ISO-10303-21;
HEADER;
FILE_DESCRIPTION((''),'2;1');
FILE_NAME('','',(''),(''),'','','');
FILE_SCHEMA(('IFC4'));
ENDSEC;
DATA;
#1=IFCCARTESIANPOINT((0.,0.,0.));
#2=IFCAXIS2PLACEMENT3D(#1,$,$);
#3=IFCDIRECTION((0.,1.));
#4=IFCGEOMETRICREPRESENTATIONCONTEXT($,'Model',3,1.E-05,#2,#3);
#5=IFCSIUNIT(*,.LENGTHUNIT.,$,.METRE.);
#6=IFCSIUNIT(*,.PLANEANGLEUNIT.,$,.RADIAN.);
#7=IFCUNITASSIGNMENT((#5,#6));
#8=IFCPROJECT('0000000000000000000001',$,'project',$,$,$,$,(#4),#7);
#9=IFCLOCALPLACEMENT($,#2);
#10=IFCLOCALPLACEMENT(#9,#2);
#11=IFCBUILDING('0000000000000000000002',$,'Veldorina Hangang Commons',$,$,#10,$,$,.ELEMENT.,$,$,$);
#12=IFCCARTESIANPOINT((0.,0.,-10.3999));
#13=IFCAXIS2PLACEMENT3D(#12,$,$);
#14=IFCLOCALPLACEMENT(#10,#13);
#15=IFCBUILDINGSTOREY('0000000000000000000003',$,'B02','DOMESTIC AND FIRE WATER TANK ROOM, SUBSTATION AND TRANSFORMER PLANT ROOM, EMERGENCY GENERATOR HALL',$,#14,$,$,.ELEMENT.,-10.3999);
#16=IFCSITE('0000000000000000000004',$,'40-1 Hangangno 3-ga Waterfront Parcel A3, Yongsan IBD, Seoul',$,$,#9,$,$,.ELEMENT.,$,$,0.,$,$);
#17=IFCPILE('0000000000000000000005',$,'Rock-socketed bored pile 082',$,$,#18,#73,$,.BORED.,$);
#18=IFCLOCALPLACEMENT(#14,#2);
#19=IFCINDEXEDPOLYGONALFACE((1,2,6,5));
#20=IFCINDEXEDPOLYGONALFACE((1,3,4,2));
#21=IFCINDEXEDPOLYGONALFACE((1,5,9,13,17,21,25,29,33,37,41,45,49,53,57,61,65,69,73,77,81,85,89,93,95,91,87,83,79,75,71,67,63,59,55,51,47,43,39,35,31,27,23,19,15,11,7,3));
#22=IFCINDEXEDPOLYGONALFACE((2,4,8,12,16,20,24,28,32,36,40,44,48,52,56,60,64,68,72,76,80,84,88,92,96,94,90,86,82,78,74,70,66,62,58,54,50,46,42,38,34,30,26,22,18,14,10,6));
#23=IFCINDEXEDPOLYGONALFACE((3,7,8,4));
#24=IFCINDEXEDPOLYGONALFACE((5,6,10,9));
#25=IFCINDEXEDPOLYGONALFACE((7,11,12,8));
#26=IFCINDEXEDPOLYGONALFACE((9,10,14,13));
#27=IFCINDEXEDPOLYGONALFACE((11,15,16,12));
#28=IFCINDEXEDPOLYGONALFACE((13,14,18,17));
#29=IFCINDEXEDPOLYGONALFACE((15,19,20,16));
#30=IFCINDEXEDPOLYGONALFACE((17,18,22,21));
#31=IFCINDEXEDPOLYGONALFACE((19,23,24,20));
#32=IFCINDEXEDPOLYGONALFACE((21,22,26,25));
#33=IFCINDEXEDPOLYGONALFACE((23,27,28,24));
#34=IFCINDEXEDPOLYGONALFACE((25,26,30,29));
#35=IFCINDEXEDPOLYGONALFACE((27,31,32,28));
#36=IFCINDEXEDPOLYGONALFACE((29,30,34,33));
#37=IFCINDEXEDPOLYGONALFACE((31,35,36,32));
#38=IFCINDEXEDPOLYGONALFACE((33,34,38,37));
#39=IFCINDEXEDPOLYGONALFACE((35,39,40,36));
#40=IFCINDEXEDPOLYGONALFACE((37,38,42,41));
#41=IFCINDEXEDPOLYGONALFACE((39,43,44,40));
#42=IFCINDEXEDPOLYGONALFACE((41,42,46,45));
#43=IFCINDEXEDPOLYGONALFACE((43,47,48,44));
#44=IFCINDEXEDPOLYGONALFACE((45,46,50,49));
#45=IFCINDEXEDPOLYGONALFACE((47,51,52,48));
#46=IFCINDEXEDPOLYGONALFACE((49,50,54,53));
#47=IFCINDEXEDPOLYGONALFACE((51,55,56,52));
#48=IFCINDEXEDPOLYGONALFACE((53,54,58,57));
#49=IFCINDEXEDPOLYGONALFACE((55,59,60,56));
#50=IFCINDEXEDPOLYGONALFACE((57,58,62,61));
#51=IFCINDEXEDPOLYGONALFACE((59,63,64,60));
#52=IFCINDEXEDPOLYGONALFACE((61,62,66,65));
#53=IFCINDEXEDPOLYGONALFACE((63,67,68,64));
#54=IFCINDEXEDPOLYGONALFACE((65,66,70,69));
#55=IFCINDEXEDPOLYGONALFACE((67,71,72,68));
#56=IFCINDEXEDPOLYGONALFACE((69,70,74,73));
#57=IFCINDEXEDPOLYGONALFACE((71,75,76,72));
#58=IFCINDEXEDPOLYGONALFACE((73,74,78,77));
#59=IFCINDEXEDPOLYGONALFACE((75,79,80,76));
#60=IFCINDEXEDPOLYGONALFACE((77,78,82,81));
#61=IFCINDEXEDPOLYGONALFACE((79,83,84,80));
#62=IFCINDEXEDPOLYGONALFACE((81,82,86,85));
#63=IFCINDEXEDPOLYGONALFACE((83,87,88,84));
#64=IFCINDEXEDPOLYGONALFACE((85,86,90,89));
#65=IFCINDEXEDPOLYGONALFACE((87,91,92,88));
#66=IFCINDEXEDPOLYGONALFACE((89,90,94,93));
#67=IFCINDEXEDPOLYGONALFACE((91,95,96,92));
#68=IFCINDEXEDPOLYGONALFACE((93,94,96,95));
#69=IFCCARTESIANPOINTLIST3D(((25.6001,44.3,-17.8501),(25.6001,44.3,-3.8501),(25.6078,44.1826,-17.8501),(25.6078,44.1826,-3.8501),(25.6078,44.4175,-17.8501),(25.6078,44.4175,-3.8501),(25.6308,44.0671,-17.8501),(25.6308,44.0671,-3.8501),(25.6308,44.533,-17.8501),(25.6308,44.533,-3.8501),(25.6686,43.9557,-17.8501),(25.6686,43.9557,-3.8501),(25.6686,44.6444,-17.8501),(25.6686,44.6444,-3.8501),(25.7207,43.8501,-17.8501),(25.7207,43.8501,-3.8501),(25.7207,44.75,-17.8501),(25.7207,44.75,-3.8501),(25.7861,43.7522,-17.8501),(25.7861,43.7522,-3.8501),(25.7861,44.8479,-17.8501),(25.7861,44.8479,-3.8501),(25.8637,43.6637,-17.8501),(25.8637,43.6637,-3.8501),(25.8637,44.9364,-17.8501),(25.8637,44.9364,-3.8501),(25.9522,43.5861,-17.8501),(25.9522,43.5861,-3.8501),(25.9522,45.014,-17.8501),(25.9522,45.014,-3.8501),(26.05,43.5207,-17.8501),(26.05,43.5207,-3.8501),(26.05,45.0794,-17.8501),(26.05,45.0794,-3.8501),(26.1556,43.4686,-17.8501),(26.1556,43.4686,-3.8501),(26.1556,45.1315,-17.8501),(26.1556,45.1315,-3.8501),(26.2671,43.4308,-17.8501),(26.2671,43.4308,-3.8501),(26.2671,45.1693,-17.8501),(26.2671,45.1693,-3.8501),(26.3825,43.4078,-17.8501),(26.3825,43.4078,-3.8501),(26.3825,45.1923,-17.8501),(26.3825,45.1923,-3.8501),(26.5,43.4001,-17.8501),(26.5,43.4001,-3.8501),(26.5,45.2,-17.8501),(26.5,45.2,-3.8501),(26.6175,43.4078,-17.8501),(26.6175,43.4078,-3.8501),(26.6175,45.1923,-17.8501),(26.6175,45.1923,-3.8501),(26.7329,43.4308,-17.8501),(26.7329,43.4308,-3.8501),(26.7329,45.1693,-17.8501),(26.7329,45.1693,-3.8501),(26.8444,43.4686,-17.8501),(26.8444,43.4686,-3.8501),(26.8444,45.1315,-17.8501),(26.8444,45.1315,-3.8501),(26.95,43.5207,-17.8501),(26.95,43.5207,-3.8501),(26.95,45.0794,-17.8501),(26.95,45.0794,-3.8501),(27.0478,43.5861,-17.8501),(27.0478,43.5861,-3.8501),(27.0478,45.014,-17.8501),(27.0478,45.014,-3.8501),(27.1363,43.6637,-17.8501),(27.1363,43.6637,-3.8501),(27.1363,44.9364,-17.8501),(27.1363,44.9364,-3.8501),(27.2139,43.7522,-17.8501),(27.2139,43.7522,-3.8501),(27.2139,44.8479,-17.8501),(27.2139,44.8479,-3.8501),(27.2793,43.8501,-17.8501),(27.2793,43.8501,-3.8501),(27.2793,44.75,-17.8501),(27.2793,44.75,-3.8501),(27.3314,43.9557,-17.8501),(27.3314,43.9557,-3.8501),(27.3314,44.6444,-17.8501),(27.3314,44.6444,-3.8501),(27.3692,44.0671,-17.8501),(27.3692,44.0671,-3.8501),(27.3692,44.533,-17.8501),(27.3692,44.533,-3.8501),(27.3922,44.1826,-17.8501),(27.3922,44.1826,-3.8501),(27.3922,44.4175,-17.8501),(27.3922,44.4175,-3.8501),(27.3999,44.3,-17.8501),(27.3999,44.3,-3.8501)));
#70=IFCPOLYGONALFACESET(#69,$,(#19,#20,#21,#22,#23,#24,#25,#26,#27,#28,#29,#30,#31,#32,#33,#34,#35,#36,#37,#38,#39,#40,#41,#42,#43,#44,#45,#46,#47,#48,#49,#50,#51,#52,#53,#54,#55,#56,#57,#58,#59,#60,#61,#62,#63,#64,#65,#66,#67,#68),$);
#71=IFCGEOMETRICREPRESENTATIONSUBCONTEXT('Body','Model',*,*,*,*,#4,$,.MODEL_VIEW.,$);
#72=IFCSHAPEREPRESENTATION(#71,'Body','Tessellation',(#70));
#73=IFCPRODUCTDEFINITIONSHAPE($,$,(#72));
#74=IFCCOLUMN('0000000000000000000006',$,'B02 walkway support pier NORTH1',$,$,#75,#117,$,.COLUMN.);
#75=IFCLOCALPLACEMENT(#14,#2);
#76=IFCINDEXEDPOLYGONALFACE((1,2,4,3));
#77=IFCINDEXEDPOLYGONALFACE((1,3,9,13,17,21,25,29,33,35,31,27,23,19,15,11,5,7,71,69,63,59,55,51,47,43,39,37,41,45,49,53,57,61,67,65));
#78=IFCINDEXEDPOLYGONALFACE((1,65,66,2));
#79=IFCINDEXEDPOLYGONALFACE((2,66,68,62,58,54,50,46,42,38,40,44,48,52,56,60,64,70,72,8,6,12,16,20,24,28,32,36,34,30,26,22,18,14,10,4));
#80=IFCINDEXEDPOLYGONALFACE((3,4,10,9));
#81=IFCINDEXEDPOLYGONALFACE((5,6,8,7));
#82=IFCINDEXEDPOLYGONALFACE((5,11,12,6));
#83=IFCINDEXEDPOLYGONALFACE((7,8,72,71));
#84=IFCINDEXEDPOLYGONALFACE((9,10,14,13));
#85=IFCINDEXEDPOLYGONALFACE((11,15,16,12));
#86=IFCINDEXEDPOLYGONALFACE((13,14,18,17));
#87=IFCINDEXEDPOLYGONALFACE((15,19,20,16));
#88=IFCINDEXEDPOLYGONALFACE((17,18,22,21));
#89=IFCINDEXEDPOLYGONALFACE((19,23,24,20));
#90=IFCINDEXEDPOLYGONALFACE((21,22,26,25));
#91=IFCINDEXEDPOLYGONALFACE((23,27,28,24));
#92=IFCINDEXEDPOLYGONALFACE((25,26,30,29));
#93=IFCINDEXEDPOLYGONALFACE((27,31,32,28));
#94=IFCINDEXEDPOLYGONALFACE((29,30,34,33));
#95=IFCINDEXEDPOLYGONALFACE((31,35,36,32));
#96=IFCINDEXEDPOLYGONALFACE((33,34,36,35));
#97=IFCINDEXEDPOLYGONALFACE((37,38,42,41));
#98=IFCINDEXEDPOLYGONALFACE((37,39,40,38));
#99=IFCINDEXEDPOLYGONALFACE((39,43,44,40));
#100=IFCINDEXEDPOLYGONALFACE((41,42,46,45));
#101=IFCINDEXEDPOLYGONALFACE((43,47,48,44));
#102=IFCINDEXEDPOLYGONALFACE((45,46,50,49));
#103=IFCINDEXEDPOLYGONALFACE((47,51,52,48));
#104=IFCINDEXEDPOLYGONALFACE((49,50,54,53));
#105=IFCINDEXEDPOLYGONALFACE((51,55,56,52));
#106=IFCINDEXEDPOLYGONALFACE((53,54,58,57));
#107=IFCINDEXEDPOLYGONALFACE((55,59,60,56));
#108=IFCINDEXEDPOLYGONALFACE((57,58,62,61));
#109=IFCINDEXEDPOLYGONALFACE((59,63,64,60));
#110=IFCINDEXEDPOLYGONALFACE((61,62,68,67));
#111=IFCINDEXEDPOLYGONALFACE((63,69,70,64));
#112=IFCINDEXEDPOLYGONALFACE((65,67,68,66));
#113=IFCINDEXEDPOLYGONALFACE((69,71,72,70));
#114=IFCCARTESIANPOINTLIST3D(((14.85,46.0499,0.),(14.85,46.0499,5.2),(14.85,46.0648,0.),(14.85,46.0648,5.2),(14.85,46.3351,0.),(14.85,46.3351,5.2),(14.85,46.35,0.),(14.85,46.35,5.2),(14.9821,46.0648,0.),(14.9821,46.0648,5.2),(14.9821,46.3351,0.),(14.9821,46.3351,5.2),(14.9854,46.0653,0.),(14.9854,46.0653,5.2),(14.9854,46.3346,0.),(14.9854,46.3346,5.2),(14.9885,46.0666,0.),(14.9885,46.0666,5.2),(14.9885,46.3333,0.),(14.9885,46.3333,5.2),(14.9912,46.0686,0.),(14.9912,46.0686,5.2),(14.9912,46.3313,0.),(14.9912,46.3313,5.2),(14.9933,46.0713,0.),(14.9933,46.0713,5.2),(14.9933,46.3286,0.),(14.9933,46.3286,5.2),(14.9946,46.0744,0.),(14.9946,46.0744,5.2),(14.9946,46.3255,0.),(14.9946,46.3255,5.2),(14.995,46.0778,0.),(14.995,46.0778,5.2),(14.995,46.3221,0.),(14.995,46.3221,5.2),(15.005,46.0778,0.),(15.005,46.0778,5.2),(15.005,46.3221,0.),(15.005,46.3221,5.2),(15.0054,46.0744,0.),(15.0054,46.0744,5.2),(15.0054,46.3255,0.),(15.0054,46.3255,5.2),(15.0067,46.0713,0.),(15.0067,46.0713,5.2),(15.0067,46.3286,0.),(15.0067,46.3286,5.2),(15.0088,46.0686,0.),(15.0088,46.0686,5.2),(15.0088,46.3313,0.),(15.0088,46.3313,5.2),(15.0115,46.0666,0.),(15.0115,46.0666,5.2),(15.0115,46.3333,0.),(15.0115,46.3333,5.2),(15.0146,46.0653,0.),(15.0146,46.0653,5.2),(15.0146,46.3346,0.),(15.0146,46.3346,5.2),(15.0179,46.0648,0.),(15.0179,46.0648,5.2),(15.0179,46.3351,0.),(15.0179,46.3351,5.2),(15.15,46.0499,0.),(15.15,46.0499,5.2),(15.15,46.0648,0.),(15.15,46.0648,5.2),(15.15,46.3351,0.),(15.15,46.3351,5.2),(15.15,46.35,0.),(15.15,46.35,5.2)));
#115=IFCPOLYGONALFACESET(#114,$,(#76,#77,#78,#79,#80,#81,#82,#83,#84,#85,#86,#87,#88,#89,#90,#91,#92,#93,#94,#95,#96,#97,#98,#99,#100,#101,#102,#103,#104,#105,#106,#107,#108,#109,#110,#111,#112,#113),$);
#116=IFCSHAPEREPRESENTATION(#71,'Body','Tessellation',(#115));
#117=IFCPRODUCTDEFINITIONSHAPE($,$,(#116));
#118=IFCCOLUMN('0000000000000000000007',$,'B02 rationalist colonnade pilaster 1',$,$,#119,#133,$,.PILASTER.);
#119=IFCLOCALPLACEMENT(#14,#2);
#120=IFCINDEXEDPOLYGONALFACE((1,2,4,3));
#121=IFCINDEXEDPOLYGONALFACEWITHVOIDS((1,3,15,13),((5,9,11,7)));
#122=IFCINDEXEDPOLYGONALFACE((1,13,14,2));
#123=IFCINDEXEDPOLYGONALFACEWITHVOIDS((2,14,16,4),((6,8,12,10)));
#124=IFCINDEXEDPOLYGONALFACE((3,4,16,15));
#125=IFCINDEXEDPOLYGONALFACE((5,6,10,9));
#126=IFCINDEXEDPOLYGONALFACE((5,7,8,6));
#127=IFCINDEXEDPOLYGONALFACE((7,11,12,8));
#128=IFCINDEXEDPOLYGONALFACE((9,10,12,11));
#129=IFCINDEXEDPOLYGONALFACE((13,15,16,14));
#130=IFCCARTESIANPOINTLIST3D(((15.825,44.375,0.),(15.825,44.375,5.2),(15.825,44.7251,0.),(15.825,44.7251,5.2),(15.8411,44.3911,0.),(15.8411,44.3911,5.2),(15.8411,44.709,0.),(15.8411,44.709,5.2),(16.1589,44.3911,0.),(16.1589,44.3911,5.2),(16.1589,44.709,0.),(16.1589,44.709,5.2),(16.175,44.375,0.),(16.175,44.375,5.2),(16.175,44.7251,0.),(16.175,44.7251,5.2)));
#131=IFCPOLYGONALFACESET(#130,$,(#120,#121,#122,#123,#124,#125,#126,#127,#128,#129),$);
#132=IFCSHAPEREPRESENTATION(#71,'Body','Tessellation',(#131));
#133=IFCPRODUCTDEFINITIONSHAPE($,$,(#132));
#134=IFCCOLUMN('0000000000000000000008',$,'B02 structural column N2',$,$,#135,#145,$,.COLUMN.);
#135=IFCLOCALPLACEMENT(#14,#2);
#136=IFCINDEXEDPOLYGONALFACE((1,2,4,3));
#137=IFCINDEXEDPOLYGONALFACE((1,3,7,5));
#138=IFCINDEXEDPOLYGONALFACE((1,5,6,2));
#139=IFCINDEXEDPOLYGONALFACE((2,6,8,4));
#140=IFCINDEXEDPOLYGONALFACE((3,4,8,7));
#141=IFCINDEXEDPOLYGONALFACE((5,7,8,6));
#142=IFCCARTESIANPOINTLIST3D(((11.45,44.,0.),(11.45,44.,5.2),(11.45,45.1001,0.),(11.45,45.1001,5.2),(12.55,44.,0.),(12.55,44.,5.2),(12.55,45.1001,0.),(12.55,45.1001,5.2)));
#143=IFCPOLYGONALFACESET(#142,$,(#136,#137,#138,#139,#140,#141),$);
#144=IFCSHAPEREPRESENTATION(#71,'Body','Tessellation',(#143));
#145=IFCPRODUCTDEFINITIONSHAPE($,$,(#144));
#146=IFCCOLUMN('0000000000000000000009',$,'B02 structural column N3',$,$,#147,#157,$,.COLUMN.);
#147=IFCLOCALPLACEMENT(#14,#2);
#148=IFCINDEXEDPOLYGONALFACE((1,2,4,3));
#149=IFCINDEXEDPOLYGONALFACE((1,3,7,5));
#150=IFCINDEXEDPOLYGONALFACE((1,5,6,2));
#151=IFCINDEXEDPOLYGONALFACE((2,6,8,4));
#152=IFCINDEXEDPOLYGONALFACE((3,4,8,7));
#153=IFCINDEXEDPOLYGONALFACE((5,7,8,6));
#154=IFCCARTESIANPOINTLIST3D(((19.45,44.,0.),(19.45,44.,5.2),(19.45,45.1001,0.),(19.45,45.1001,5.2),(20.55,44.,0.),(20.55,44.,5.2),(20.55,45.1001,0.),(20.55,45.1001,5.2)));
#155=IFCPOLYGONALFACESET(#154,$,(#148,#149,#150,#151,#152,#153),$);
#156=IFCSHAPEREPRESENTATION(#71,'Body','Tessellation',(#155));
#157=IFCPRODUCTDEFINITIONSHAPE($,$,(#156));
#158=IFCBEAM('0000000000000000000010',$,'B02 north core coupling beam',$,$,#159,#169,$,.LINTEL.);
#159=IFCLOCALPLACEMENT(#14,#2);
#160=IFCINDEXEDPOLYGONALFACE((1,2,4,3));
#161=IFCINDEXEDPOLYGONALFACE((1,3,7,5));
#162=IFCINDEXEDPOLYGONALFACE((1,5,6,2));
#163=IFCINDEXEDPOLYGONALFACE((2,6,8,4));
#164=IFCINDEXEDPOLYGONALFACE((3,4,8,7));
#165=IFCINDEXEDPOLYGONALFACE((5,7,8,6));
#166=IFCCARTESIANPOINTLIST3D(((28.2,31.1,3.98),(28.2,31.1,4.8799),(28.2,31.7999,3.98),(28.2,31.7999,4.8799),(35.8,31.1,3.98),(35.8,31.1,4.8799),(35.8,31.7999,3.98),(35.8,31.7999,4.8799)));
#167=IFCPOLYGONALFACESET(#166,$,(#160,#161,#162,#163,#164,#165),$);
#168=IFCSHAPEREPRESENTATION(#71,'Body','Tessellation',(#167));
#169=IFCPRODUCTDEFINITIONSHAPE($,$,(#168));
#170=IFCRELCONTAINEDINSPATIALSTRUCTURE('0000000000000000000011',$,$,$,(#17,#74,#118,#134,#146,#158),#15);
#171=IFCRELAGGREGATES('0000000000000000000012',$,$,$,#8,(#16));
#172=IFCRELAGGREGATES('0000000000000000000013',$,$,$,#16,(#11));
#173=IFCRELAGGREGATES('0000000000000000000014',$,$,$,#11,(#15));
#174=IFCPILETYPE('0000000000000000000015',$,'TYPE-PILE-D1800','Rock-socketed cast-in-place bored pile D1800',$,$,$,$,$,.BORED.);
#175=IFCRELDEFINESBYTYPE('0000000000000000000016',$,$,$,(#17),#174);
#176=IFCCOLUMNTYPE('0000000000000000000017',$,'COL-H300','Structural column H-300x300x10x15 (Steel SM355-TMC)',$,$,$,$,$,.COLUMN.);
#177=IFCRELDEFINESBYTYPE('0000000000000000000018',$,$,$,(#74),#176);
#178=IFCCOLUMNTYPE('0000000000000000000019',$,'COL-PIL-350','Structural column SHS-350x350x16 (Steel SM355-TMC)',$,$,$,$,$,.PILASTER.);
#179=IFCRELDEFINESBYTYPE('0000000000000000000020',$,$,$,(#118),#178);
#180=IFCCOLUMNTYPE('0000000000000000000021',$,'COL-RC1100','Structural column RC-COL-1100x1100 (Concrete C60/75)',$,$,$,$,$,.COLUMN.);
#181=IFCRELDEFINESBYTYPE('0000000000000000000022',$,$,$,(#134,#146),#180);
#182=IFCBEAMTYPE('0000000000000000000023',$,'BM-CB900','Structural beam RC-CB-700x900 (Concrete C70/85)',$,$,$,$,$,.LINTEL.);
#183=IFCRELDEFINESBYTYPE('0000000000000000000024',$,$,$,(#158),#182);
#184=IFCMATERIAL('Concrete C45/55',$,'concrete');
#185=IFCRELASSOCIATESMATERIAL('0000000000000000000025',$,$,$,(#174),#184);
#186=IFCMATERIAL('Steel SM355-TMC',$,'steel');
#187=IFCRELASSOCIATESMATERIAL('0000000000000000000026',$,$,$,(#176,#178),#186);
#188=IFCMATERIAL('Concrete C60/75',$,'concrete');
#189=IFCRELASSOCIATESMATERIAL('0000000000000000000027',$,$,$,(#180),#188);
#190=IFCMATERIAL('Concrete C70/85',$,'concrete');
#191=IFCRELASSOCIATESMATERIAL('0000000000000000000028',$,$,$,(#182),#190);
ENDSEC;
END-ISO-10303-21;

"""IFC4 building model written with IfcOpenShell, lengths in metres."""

from ifc_helpers import new_model, si_unit, direction, frame, origin, origin_2d, place, context, subcontext, project, spatial, rectangle, hollow_rectangle, circle, i_section, extrude, material, material_profile, profile_set, type_object, element, save


model = new_model("IFC4")

# Units and contexts
model_context = context("Model", 3, precision=1e-05, world=origin(), true_north=direction((0.0, 1.0)))
body_context = subcontext(model_context, "Body", "Model", "MODEL_VIEW")
ifc_project = project(units=[si_unit("LENGTHUNIT", "METRE"), si_unit("PLANEANGLEUNIT", "RADIAN")], contexts=[model_context])

# Site, building, storey
site_placement = place(None, origin())
site = spatial("IfcSite", under=ifc_project, at=site_placement, Name="40-1 Hangangno 3-ga Waterfront Parcel A3, Yongsan IBD, Seoul", CompositionType="ELEMENT", RefElevation=0.0)
building_placement = place(site_placement, origin())
building = spatial("IfcBuilding", under=site, at=building_placement, Name="Veldorina Hangang Commons", CompositionType="ELEMENT")
storey_placement = place(building_placement, frame((0.0, 0.0, -10.3999)))
storey = spatial("IfcBuildingStorey", under=building, at=storey_placement, Name="B02", Description="DOMESTIC AND FIRE WATER TANK ROOM, SUBSTATION AND TRANSFORMER PLANT ROOM, EMERGENCY GENERATOR HALL", CompositionType="ELEMENT", Elevation=-10.3999)

# Pile
ifc_material_1 = material(Name="Concrete C45/55", Category="concrete")
ifc_material_profile_1 = material_profile(ifc_material_1, circle(Radius=0.8999, at=origin_2d()), Name="PILE-D1800")
ifc_profile_set_1 = profile_set([ifc_material_profile_1], Name="Concrete C45/55")
pile_type_1 = type_object("IfcPileType", Name="TYPE-PILE-D1800", Description="Rock-socketed cast-in-place bored pile D1800", PredefinedType="BORED", material=ifc_profile_set_1)
for number, where, z_axis, x_axis, name in (
    (1, (26.5, 44.3, -3.8501), (0.0, 0.0, -1.0), (1.0, 0.0, 0.0), "Rock-socketed bored pile 082"),
):
    element("IfcPile", number, at=place(storey_placement, frame(where, z_axis=z_axis, x_axis=x_axis)), inside=storey, type_object=pile_type_1, Name=name, PredefinedType="BORED", context=body_context, shape_type="SweptSolid", body=[
        extrude(circle(Radius=0.8999, at=origin_2d()), origin(), (0.0, 0.0, 1.0), 14.0),
    ])

# Columns
ifc_material_2 = material(Name="Steel SM355-TMC", Category="steel")
ifc_material_profile_2 = material_profile(ifc_material_2, i_section(OverallWidth=0.3, OverallDepth=0.3, WebThickness=0.01, FlangeThickness=0.0149, FilletRadius=0.0129, at=origin_2d()), Name="H-300x300x10x15")
ifc_profile_set_2 = profile_set([ifc_material_profile_2], Name="Steel SM355-TMC")
column_type_1 = type_object("IfcColumnType", Name="COL-H300", Description="Structural column H-300x300x10x15 (Steel SM355-TMC)", PredefinedType="COLUMN", material=ifc_profile_set_2)
column_1_placement = place(storey_placement, frame((15.0, 46.2, 0.0), z_axis=(0.0, 0.0, 1.0), x_axis=(1.0, 0.0, 0.0)))
element("IfcColumn", 2, at=column_1_placement, inside=storey, type_object=column_type_1, Name="B02 walkway support pier NORTH1", PredefinedType="COLUMN", context=body_context, shape_type="SweptSolid", body=[
    extrude(i_section(OverallWidth=0.3, OverallDepth=0.3, WebThickness=0.01, FlangeThickness=0.0149, FilletRadius=0.0129, at=origin_2d()), origin(), (0.0, 0.0, 1.0), 5.2),
])
ifc_material_profile_3 = material_profile(ifc_material_2, hollow_rectangle(XDim=0.3501, YDim=0.3501, WallThickness=0.0161, at=origin_2d()), Name="SHS-350x350x16")
ifc_profile_set_3 = profile_set([ifc_material_profile_3], Name="Steel SM355-TMC")
column_type_2 = type_object("IfcColumnType", Name="COL-PIL-350", Description="Structural column SHS-350x350x16 (Steel SM355-TMC)", PredefinedType="PILASTER", material=ifc_profile_set_3)
column_2_placement = place(storey_placement, frame((16.0, 44.55, 0.0), z_axis=(0.0, 0.0, 1.0), x_axis=(1.0, 0.0, 0.0)))
element("IfcColumn", 3, at=column_2_placement, inside=storey, type_object=column_type_2, Name="B02 rationalist colonnade pilaster 1", PredefinedType="PILASTER", context=body_context, shape_type="SweptSolid", body=[
    extrude(hollow_rectangle(XDim=0.3501, YDim=0.3501, WallThickness=0.0161, at=origin_2d()), origin(), (0.0, 0.0, 1.0), 5.2),
])
ifc_material_3 = material(Name="Concrete C60/75", Category="concrete")
ifc_material_profile_4 = material_profile(ifc_material_3, rectangle(XDim=1.1001, YDim=1.1001, at=origin_2d()), Name="RC-COL-1100x1100")
ifc_profile_set_4 = profile_set([ifc_material_profile_4], Name="Concrete C60/75")
column_type_3 = type_object("IfcColumnType", Name="COL-RC1100", Description="Structural column RC-COL-1100x1100 (Concrete C60/75)", PredefinedType="COLUMN", material=ifc_profile_set_4)
for number, where, z_axis, x_axis, name in (
    (4, (12.0, 44.55, 0.0), (0.0, 0.0, 1.0), (1.0, 0.0, 0.0), "B02 structural column N2"),
    (5, (20.0, 44.55, 0.0), (0.0, 0.0, 1.0), (1.0, 0.0, 0.0), "B02 structural column N3"),
):
    element("IfcColumn", number, at=place(storey_placement, frame(where, z_axis=z_axis, x_axis=x_axis)), inside=storey, type_object=column_type_3, Name=name, PredefinedType="COLUMN", context=body_context, shape_type="SweptSolid", body=[
        extrude(rectangle(XDim=1.1001, YDim=1.1001, at=origin_2d()), origin(), (0.0, 0.0, 1.0), 5.2),
    ])

# Beam
ifc_material_4 = material(Name="Concrete C70/85", Category="concrete")
ifc_material_profile_5 = material_profile(ifc_material_4, rectangle(XDim=0.7, YDim=0.8999, at=origin_2d()), Name="RC-CB-700x900")
ifc_profile_set_5 = profile_set([ifc_material_profile_5], Name="Concrete C70/85")
beam_type_1 = type_object("IfcBeamType", Name="BM-CB900", Description="Structural beam RC-CB-700x900 (Concrete C70/85)", PredefinedType="LINTEL", material=ifc_profile_set_5)
beam_1_placement = place(storey_placement, frame((28.2, 31.45, 4.4299), z_axis=(1.0, 0.0, 0.0), x_axis=(0.0, 1.0, 0.0)))
element("IfcBeam", 6, at=beam_1_placement, inside=storey, type_object=beam_type_1, Name="B02 north core coupling beam", PredefinedType="LINTEL", context=body_context, shape_type="SweptSolid", body=[
    extrude(rectangle(XDim=0.7, YDim=0.8999, at=origin_2d()), origin(), (0.0, 0.0, 1.0), 7.6001),
])

save(model, "model.ifc")
